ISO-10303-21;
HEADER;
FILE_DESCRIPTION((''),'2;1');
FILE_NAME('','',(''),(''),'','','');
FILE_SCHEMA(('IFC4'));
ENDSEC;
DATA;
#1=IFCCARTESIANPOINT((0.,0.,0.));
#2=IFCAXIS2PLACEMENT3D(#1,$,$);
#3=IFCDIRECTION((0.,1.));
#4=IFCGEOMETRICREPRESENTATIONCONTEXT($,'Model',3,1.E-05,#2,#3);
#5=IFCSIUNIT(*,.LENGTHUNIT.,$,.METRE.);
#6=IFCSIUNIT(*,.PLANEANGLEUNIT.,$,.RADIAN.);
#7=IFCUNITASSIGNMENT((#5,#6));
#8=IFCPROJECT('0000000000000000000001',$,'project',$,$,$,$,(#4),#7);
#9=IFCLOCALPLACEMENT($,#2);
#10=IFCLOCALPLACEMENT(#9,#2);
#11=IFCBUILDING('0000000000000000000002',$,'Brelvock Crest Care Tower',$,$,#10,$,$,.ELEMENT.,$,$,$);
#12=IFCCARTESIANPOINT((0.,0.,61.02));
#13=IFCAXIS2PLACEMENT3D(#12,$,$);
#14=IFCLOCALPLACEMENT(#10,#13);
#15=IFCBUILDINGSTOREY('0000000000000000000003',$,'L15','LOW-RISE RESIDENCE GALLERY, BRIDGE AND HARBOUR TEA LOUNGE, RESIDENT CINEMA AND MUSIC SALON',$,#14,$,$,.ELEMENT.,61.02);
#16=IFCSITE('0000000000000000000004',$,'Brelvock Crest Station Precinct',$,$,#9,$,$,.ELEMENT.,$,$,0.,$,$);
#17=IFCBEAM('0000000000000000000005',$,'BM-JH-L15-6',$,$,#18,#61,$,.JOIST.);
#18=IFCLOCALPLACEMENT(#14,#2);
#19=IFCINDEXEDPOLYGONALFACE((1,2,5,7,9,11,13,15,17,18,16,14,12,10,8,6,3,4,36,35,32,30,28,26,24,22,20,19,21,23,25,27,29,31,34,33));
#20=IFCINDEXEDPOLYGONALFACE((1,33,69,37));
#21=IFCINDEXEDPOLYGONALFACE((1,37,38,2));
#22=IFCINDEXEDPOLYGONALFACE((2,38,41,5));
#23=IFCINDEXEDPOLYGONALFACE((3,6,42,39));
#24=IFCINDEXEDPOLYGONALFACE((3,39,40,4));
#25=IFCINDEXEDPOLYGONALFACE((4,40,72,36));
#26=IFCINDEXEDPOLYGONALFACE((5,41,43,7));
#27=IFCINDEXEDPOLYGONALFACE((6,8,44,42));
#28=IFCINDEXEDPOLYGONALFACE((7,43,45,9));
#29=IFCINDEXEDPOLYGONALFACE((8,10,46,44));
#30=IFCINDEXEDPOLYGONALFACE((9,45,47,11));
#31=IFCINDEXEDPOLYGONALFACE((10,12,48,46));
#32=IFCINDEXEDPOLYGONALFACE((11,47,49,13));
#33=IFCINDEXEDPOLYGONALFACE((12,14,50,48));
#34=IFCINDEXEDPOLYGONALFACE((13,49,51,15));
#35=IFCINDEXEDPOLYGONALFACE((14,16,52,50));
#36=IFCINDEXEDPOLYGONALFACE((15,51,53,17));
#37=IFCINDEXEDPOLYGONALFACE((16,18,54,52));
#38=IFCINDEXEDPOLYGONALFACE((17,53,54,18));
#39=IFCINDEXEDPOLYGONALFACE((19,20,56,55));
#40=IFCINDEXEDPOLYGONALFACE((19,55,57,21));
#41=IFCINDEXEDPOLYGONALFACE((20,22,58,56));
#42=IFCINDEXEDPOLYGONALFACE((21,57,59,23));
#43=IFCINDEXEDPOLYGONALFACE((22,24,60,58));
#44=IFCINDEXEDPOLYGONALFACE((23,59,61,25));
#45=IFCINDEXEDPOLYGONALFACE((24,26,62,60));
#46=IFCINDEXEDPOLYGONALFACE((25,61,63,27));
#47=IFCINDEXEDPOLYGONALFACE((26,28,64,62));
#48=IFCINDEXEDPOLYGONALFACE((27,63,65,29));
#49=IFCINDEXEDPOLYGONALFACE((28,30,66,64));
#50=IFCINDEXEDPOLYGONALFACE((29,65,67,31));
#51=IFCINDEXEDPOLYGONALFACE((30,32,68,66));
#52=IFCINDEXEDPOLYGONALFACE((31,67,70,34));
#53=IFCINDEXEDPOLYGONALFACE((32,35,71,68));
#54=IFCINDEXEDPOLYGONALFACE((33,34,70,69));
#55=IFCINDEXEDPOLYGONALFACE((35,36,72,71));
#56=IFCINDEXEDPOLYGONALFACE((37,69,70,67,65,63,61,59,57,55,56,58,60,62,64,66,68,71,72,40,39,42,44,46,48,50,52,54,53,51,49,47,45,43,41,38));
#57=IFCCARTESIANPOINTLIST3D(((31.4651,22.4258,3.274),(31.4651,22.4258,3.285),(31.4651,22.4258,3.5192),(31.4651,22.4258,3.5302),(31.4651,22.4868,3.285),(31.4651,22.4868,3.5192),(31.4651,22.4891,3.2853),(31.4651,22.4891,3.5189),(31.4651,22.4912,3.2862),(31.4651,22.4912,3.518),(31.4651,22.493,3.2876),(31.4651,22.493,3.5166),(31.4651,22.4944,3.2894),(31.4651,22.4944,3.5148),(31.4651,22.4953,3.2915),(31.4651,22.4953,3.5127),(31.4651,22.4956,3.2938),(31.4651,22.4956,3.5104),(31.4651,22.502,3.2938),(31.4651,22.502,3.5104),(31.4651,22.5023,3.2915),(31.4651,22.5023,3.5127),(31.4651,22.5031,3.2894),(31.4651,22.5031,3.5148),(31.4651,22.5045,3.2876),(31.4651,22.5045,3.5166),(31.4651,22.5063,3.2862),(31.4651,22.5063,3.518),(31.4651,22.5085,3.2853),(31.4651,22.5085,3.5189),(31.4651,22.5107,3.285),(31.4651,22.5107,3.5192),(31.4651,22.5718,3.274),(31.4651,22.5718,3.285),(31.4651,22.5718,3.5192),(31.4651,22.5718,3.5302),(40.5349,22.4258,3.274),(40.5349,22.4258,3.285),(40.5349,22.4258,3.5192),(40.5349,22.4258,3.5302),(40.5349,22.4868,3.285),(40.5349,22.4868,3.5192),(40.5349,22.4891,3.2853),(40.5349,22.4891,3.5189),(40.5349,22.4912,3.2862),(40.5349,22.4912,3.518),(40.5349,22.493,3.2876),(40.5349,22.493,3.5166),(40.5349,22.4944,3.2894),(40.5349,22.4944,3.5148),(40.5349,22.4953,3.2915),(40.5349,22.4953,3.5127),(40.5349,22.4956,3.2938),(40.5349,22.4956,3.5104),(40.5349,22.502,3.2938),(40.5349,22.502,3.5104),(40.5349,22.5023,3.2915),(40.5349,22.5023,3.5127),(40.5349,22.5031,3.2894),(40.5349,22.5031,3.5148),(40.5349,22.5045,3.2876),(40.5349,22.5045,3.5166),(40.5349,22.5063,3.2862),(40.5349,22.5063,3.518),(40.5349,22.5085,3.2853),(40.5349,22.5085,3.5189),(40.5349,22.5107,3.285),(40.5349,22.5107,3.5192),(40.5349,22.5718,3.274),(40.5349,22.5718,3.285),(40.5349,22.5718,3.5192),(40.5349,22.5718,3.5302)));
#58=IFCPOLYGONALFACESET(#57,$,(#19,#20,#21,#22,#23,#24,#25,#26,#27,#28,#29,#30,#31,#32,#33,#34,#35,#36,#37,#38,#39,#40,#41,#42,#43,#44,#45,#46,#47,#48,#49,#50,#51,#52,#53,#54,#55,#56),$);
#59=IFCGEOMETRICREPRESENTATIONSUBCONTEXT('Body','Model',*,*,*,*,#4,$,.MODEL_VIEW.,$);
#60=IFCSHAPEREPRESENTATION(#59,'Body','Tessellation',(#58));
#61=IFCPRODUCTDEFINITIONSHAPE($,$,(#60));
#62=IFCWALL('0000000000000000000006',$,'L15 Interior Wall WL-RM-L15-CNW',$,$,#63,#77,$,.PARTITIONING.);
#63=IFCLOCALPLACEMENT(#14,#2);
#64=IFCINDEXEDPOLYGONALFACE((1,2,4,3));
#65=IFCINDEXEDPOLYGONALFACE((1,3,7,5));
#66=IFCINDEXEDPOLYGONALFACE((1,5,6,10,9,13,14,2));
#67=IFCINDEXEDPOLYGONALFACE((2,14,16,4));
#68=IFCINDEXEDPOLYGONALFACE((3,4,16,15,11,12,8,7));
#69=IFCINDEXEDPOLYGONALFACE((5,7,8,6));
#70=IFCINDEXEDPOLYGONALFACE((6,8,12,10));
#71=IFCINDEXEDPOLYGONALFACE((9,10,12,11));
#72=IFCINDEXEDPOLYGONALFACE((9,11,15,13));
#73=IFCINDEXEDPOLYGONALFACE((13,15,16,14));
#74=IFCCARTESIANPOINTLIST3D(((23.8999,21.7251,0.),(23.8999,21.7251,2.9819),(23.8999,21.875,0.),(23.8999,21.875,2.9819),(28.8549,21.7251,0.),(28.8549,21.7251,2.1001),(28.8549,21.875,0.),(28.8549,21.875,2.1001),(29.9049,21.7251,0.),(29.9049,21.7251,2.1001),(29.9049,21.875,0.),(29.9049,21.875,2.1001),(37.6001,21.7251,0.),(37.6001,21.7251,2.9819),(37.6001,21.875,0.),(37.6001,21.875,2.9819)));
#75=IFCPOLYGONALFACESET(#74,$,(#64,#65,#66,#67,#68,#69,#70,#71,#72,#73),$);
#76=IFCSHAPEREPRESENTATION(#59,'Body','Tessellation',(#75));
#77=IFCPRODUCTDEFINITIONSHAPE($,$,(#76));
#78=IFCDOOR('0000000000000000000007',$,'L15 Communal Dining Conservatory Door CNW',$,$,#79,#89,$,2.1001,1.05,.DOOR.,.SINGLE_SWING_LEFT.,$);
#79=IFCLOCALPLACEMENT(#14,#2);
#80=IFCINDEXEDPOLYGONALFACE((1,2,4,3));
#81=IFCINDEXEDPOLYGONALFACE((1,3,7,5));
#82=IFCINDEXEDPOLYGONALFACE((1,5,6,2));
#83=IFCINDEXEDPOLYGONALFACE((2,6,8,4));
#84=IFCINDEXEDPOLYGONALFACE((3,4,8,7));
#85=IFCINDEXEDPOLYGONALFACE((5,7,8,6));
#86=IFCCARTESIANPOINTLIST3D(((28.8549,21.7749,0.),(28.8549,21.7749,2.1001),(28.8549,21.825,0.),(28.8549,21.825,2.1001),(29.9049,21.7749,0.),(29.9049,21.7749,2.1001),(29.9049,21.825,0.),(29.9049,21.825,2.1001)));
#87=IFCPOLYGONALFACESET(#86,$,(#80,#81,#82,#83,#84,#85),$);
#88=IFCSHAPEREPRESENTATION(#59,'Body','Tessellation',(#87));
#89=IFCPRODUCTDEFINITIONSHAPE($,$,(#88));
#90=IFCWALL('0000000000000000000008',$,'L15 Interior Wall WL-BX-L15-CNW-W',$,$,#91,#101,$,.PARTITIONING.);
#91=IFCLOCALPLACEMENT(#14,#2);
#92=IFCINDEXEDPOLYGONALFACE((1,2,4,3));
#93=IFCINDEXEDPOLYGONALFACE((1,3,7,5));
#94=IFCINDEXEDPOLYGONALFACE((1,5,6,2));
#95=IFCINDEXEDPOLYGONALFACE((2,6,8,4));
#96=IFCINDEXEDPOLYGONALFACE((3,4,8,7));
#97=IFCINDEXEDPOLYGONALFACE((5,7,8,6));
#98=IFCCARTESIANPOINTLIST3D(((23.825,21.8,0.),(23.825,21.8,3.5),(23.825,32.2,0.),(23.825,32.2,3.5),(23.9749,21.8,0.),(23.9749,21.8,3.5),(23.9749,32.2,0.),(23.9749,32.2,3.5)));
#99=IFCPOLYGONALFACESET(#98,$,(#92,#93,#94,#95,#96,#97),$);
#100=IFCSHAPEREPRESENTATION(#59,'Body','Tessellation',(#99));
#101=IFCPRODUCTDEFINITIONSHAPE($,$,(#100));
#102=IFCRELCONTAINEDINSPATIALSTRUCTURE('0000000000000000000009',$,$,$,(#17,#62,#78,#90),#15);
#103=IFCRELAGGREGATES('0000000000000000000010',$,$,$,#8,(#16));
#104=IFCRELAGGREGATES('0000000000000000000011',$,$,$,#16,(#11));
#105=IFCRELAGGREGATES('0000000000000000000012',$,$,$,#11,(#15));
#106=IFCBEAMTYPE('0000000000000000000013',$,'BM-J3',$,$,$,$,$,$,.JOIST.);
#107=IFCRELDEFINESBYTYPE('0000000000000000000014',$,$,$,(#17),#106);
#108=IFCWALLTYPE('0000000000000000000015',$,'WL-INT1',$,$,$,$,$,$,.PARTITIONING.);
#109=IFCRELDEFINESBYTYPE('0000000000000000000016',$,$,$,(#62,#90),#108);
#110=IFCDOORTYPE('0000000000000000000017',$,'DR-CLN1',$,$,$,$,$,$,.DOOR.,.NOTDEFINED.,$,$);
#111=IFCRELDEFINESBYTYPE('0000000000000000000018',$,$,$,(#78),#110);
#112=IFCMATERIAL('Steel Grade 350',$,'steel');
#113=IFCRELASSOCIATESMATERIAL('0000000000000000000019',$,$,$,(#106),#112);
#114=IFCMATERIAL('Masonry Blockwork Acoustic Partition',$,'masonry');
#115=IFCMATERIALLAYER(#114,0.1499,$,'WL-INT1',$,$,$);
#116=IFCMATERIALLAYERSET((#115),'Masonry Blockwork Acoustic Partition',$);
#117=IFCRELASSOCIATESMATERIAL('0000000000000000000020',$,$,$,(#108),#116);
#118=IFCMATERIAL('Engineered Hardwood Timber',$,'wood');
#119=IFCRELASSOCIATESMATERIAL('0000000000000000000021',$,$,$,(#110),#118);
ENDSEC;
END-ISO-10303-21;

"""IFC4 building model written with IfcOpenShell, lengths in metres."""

from ifc_helpers import new_model, si_unit, direction, frame, frame_2d, origin, origin_2d, place, context, subcontext, project, spatial, rectangle, i_section, extrude, source, transform, mapped, material, layer, layer_set, material_profile, profile_set, type_object, element, fill, save


model = new_model("IFC4")

# Units and contexts
model_context = context("Model", 3, precision=1e-05, world=origin(), true_north=direction((0.0, 1.0)))
body_context = subcontext(model_context, "Body", "Model", "MODEL_VIEW")
ifc_project = project(units=[si_unit("LENGTHUNIT", "METRE"), si_unit("PLANEANGLEUNIT", "RADIAN")], contexts=[model_context])

# Site, building, storey
site_placement = place(None, origin())
site = spatial("IfcSite", under=ifc_project, at=site_placement, Name="Brelvock Crest Station Precinct", CompositionType="ELEMENT", RefElevation=0.0)
building_placement = place(site_placement, origin())
building = spatial("IfcBuilding", under=site, at=building_placement, Name="Brelvock Crest Care Tower", CompositionType="ELEMENT")
storey_placement = place(building_placement, frame((0.0, 0.0, 61.02)))
storey = spatial("IfcBuildingStorey", under=building, at=storey_placement, Name="L15", Description="LOW-RISE RESIDENCE GALLERY, BRIDGE AND HARBOUR TEA LOUNGE, RESIDENT CINEMA AND MUSIC SALON", CompositionType="ELEMENT", Elevation=61.02)

# Shared definitions
ifc_material_1 = material(Name="Steel Grade 350", Category="steel")

# Beam
ifc_material_profile_1 = material_profile(ifc_material_1, i_section(OverallWidth=0.146, OverallDepth=0.2561, WebThickness=0.0063, FlangeThickness=0.011, FilletRadius=0.0088, at=origin_2d()), Name="250UB37.3")
ifc_profile_set_1 = profile_set([ifc_material_profile_1], Name="Steel Grade 350")
beam_type_1 = type_object("IfcBeamType", Name="BM-J3", PredefinedType="JOIST", material=ifc_profile_set_1)
shared_shape_1 = source(origin(), body_context, "Body", "SweptSolid", [
    extrude(i_section(OverallWidth=0.146, OverallDepth=0.2561, WebThickness=0.0063, FlangeThickness=0.011, FilletRadius=0.0088, at=origin_2d()), origin(), (0.0, 0.0, 1.0), 9.0698),
])
for number, where, z_axis, x_axis, name in (
    (1, (31.4651, 22.4988, 3.4021), (1.0, 0.0, 0.0), (0.0, 1.0, 0.0), "BM-JH-L15-6"),
):
    element("IfcBeam", number, at=place(storey_placement, frame(where, z_axis=z_axis, x_axis=x_axis)), inside=storey, type_object=beam_type_1, Name=name, PredefinedType="JOIST", context=body_context, shape_type="MappedRepresentation", body=[
        mapped(shared_shape_1, transform((0.0, 0.0, 0.0), x_axis=(1.0, 0.0, 0.0), y_axis=(0.0, 1.0, 0.0), z_axis=(0.0, 0.0, 1.0), scale=1.0)),
    ])

# Wall, opening, door
ifc_material_2 = material(Name="Masonry Blockwork Acoustic Partition", Category="masonry")
ifc_layer = layer(ifc_material_2, 0.1499, Name="WL-INT1")
ifc_layer_set = layer_set([ifc_layer], Name="Masonry Blockwork Acoustic Partition")
wall_type = type_object("IfcWallType", Name="WL-INT1", PredefinedType="PARTITIONING", material=ifc_layer_set)
wall_1_placement = place(storey_placement, frame((23.8999, 21.8, 0.0), z_axis=(0.0, 0.0, 1.0), x_axis=(1.0, 0.0, 0.0)))
wall_1 = element("IfcWall", 2, at=wall_1_placement, inside=storey, type_object=wall_type, Name="L15 Interior Wall WL-RM-L15-CNW", PredefinedType="PARTITIONING", context=body_context, shape_type="SweptSolid", body=[
    extrude(rectangle(XDim=13.7002, YDim=0.1499, at=frame_2d((6.8501, 0.0))), origin(), (0.0, 0.0, 1.0), 2.9819),
])
opening_placement = place(wall_1_placement, frame((4.9551, 0.0, 0.0)))
opening = element("IfcOpeningElement", 3, at=opening_placement, cuts=wall_1, PredefinedType="OPENING", context=body_context, shape_type="SweptSolid", body=[
    extrude(rectangle(XDim=1.05, YDim=2.1001, at=origin_2d()), frame((0.5249, 0.085, 1.05), z_axis=(0.0, -1.0, 0.0), x_axis=(1.0, 0.0, 0.0)), (0.0, 0.0, 1.0), 0.1699),
])
ifc_material_3 = material(Name="Engineered Hardwood Timber", Category="wood")
door_type = type_object("IfcDoorType", Name="DR-CLN1", OperationType="NOTDEFINED", PredefinedType="DOOR", material=ifc_material_3)
shared_shape_2 = source(origin(), body_context, "Body", "SweptSolid", [
    extrude(rectangle(XDim=1.05, YDim=2.1001, at=origin_2d()), frame((0.5249, 0.0249, 1.05), z_axis=(0.0, -1.0, 0.0), x_axis=(1.0, 0.0, 0.0)), (0.0, 0.0, 1.0), 0.05),
])
door_placement = place(opening_placement, origin())
door = element("IfcDoor", 4, at=door_placement, inside=storey, type_object=door_type, Name="L15 Communal Dining Conservatory Door CNW", OperationType="SINGLE_SWING_LEFT", OverallHeight=2.1001, OverallWidth=1.05, PredefinedType="DOOR", context=body_context, shape_type="MappedRepresentation", body=[
    mapped(shared_shape_2, transform((0.0, 0.0, 0.0), x_axis=(1.0, 0.0, 0.0), y_axis=(0.0, 1.0, 0.0), z_axis=(0.0, 0.0, 1.0), scale=1.0)),
])
fill(opening, door)

# Wall
wall_2_placement = place(storey_placement, frame((23.8999, 21.8, 0.0), z_axis=(0.0, 0.0, 1.0), x_axis=(0.0, 1.0, 0.0)))
element("IfcWall", 5, at=wall_2_placement, inside=storey, type_object=wall_type, Name="L15 Interior Wall WL-BX-L15-CNW-W", PredefinedType="PARTITIONING", context=body_context, shape_type="SweptSolid", body=[
    extrude(rectangle(XDim=10.3999, YDim=0.1499, at=frame_2d((5.2, 0.0))), origin(), (0.0, 0.0, 1.0), 3.5),
])

save(model, "model.ifc")
